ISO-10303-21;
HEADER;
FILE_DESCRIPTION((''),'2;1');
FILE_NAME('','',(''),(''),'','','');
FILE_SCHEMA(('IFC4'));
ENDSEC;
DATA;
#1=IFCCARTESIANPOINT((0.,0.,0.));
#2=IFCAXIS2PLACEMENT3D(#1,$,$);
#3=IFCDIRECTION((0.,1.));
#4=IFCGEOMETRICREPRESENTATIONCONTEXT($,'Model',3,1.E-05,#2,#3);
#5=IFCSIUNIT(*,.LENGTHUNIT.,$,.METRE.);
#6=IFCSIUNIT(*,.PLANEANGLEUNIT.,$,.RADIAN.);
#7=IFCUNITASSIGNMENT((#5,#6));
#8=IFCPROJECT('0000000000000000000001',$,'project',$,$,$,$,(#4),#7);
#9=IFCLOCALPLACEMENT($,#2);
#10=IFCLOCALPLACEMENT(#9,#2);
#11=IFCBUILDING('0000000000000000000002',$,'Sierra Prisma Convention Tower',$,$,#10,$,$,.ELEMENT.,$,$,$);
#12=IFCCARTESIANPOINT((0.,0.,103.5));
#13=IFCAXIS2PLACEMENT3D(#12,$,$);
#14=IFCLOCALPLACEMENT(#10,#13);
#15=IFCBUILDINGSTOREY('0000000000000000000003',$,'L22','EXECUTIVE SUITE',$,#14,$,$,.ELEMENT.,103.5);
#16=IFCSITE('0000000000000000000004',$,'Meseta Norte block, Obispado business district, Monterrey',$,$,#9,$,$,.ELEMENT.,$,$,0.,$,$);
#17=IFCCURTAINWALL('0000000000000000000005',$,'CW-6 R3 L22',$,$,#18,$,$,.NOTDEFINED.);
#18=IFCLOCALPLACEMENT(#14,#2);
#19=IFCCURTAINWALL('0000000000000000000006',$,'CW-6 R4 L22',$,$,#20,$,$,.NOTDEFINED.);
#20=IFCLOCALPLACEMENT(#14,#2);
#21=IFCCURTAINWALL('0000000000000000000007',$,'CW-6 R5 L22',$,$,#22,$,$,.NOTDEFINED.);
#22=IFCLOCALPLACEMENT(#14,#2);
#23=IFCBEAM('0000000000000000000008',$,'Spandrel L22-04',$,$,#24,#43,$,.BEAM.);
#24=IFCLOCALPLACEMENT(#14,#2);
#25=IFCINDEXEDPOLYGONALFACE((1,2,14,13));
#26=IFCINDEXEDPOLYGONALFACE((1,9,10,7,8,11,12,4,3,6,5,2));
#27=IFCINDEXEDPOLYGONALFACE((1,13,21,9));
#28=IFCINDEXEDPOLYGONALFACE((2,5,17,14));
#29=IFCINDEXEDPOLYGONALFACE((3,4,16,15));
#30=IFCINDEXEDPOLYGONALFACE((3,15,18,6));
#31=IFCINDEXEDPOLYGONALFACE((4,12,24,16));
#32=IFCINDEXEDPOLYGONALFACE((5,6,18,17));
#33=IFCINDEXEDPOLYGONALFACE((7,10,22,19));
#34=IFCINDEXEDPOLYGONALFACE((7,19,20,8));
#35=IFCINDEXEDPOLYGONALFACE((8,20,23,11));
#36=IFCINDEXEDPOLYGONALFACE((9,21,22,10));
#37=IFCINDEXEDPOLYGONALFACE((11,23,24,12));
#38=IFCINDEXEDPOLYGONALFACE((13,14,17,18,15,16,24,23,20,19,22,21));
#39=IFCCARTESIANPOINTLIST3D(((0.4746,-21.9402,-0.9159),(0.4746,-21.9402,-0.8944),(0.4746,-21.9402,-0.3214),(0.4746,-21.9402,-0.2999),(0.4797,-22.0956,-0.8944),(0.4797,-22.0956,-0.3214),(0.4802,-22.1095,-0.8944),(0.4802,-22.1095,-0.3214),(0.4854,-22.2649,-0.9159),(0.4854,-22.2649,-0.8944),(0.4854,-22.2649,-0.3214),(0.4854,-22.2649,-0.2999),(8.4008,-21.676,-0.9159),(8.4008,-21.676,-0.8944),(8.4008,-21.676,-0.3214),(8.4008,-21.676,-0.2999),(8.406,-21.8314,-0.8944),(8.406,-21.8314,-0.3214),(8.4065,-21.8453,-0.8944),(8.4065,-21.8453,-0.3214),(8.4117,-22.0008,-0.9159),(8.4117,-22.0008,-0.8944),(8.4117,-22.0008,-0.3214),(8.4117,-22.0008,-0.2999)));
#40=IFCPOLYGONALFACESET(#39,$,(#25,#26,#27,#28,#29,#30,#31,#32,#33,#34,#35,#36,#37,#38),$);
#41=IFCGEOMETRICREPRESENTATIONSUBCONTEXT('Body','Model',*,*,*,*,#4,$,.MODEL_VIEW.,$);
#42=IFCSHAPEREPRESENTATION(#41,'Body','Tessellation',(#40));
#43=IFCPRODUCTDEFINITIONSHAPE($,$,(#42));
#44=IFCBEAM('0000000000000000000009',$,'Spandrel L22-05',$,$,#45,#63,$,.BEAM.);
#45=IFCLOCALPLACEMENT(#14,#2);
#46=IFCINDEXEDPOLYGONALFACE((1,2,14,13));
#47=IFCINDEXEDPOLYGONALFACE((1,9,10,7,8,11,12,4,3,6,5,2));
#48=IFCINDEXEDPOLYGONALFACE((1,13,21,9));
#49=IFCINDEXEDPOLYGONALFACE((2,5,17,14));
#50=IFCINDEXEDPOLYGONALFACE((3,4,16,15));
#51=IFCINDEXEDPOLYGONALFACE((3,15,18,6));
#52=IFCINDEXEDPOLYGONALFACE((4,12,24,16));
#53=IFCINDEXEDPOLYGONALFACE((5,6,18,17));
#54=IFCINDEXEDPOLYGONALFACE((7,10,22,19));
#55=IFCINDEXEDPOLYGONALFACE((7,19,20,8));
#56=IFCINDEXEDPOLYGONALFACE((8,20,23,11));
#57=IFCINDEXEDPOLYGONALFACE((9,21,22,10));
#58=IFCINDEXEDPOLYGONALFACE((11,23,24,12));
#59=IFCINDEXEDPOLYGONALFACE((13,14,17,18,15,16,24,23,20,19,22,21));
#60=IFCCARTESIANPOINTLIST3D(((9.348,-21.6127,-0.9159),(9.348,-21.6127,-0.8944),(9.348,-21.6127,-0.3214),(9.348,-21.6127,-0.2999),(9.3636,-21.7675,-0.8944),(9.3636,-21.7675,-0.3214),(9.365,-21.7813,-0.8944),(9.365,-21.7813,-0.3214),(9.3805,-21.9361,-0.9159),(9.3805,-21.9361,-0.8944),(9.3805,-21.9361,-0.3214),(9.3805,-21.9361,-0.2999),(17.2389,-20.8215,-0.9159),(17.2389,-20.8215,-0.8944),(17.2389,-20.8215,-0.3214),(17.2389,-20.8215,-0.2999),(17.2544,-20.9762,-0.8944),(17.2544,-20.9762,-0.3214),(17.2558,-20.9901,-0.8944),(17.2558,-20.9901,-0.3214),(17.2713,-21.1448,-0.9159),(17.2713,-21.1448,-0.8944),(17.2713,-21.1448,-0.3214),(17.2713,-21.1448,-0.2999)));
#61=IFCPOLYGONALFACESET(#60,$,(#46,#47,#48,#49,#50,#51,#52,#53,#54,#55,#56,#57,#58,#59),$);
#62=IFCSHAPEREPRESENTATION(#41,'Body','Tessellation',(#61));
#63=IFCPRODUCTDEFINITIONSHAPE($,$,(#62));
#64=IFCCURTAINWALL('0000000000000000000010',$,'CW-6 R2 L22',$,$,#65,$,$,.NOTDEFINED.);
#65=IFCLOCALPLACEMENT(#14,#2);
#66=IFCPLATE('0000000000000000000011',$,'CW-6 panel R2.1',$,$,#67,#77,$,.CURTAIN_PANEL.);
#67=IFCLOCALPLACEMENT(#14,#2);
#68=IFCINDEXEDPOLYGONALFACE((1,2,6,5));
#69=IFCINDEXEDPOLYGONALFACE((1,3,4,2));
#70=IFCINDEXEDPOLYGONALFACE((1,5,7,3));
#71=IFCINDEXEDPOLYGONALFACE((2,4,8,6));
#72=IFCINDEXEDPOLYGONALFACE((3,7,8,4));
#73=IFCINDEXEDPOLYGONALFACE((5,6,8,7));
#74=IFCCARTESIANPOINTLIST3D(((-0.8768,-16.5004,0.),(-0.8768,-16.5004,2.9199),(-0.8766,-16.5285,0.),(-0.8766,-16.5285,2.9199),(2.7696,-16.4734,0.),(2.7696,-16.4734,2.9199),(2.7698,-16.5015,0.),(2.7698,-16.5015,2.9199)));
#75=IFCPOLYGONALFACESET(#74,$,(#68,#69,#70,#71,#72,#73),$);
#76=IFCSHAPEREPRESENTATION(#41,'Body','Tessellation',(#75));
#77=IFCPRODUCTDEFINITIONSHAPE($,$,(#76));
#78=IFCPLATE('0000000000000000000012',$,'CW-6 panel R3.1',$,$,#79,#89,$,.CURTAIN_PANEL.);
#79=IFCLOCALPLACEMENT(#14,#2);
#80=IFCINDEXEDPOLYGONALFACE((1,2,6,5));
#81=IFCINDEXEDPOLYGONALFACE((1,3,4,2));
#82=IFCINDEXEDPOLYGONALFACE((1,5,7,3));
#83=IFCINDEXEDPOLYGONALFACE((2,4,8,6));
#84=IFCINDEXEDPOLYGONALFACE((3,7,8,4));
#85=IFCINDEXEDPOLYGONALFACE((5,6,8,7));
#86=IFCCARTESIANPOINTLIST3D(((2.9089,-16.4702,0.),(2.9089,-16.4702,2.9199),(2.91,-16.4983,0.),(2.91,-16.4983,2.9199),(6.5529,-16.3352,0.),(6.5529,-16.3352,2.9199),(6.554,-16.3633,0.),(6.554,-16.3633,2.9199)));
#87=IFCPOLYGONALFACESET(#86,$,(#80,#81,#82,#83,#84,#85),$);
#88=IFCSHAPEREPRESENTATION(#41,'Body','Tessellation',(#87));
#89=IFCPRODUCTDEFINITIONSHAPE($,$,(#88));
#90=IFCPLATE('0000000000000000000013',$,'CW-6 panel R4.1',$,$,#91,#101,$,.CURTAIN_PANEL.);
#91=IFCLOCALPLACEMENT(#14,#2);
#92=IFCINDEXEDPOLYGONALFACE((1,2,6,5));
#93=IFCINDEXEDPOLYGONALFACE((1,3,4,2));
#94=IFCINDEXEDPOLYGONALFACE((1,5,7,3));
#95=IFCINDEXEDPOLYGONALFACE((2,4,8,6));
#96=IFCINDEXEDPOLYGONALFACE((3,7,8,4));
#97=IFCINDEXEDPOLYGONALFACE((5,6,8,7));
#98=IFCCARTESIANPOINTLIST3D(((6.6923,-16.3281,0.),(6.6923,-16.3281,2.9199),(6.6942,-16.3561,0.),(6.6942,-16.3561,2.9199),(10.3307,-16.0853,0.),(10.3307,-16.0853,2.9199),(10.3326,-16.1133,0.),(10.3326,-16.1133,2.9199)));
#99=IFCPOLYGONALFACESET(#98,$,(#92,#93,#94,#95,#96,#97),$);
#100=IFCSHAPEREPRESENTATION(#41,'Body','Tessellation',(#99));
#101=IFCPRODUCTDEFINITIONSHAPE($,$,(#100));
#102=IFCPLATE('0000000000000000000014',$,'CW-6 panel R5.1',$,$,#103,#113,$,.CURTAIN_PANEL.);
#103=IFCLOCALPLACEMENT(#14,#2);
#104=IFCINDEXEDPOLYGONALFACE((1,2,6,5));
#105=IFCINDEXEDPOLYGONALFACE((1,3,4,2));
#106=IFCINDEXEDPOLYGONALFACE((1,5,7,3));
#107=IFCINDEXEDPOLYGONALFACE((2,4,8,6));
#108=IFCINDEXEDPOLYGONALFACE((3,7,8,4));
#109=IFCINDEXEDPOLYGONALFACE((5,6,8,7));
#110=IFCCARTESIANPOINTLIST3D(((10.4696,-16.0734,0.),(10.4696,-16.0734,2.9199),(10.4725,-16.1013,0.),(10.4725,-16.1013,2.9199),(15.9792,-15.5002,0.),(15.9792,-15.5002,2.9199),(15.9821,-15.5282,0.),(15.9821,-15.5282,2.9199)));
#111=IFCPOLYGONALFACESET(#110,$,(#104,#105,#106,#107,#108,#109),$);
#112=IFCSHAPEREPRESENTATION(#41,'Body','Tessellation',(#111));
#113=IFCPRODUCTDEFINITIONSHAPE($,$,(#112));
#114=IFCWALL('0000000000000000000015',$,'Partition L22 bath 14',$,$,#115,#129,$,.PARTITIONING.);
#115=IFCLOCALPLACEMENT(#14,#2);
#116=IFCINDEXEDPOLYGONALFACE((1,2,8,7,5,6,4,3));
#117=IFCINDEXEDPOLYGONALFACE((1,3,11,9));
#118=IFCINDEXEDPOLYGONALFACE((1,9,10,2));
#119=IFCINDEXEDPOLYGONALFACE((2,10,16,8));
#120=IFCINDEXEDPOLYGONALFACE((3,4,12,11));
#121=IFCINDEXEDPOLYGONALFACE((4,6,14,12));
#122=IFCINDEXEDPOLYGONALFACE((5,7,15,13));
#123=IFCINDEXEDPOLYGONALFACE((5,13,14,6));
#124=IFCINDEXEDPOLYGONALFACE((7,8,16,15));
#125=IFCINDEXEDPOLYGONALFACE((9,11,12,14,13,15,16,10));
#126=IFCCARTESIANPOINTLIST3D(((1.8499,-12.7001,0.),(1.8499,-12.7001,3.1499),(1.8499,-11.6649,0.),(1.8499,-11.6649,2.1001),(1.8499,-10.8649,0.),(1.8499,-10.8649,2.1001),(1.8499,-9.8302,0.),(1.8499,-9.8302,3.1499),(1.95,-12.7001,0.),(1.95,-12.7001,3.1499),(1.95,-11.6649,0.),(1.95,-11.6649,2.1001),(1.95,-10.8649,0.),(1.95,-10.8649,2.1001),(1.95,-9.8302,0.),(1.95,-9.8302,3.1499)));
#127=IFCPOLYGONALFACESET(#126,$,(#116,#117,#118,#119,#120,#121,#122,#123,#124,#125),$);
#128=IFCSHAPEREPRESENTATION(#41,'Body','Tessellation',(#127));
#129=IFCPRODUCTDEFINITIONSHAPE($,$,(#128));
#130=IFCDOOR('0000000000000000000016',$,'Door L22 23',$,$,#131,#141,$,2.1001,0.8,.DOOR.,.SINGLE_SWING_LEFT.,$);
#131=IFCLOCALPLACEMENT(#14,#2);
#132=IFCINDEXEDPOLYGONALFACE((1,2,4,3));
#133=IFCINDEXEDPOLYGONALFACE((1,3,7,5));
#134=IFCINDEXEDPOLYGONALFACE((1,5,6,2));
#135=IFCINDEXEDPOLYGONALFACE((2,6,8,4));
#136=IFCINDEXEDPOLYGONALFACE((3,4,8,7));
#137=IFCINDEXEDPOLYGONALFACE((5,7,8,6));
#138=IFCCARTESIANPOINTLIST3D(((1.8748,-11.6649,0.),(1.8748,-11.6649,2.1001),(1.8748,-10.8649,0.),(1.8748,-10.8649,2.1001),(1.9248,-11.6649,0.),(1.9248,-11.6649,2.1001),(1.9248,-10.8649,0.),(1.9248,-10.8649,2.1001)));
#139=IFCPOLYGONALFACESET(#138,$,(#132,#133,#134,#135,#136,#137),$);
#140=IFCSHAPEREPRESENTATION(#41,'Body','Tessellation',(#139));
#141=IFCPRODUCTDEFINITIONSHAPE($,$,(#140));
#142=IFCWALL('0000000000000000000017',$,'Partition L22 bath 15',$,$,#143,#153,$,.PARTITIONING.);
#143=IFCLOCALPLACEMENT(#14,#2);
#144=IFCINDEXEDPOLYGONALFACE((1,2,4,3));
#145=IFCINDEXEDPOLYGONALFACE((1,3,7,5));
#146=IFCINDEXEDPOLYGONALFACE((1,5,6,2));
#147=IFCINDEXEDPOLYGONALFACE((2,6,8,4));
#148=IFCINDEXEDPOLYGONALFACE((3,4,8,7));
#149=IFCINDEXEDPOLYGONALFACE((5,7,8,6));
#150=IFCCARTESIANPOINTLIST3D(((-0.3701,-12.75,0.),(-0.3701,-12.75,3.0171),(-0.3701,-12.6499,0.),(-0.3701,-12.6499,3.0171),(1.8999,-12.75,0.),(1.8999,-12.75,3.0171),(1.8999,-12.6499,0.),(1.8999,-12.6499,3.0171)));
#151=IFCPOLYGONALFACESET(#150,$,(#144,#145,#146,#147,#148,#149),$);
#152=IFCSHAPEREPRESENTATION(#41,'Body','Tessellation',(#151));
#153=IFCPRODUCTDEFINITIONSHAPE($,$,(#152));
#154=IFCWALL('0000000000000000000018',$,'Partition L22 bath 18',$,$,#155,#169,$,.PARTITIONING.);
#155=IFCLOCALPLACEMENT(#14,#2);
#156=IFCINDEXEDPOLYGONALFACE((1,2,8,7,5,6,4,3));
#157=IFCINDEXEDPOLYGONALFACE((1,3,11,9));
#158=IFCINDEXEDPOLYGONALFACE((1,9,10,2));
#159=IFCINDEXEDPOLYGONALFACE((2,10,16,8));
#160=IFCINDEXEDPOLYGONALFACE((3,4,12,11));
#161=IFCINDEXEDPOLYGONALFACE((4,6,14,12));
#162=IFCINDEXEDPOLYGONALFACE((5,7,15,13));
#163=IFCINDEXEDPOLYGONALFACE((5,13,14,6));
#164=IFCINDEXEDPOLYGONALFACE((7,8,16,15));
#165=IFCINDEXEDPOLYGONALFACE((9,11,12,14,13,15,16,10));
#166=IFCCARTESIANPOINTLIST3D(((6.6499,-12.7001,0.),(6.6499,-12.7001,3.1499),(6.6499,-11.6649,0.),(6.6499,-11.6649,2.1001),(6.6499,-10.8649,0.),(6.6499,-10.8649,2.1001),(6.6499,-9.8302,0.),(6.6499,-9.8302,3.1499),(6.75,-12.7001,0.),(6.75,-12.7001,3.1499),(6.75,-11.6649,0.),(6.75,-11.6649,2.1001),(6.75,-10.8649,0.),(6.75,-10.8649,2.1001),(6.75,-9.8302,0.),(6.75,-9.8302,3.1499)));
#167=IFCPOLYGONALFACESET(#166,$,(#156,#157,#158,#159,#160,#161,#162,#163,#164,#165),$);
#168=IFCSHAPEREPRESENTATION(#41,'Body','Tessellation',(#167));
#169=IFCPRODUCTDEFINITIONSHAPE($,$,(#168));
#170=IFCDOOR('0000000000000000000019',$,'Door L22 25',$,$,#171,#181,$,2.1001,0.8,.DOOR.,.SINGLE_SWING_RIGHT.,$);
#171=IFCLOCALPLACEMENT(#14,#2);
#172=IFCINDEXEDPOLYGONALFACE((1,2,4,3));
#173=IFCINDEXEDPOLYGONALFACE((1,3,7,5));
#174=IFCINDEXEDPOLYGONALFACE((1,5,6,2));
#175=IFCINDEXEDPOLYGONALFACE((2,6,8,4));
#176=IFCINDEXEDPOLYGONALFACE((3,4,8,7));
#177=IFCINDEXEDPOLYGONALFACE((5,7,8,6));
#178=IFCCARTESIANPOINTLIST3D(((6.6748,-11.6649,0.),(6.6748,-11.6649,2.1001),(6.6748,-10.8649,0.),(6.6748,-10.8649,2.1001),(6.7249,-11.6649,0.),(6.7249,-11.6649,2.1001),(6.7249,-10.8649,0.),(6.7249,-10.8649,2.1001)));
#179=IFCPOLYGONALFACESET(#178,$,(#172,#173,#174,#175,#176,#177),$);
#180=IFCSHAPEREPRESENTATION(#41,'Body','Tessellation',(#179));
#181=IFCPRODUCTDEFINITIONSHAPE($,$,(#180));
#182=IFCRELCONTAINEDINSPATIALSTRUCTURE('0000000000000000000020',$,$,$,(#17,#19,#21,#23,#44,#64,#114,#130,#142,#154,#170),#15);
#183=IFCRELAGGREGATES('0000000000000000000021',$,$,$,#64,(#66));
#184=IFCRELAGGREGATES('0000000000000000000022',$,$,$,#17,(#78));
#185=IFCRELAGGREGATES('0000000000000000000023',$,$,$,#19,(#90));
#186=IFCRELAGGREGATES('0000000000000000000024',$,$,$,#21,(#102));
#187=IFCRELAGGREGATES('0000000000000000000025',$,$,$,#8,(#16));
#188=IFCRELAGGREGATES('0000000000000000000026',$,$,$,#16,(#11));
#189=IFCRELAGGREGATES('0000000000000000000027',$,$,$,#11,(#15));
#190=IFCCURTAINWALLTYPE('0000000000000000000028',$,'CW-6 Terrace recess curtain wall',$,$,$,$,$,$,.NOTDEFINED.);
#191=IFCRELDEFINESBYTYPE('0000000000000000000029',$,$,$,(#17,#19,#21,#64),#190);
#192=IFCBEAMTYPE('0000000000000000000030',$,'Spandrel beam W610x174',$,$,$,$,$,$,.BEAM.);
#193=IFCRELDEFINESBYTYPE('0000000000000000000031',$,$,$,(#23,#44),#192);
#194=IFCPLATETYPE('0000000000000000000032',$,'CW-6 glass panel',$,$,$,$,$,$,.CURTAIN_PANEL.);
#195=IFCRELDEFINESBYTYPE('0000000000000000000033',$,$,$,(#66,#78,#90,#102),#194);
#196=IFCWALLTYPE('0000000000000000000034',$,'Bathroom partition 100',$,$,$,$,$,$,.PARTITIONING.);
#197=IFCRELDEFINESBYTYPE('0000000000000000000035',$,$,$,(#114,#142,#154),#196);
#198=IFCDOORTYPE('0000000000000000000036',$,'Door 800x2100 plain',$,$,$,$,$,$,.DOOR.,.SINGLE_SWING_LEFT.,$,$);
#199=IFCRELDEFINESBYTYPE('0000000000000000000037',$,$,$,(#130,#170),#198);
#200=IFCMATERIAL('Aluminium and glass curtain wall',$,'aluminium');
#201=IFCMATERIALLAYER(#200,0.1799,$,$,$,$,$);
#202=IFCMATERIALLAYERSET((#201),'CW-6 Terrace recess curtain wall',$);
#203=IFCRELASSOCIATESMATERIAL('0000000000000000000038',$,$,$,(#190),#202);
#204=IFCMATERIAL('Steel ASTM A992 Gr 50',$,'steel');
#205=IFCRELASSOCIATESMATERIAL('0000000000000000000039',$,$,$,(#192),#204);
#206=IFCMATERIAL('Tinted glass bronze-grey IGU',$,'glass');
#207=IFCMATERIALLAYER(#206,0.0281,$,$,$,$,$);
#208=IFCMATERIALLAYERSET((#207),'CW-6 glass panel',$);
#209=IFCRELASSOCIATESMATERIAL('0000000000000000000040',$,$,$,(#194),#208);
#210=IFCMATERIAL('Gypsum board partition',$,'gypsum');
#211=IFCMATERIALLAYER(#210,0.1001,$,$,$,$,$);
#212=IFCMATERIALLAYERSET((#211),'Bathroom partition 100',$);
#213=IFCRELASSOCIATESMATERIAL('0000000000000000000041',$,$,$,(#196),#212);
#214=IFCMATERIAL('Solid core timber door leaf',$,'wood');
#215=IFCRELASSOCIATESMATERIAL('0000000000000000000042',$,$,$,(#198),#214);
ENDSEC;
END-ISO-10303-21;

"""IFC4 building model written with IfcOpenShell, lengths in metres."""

from ifc_helpers import new_model, si_unit, direction, frame, frame_2d, origin, origin_2d, place, context, subcontext, project, spatial, rectangle, i_section, extrude, material, layer, layer_set, material_profile, profile_set, type_object, element, fill, aggregate, save


model = new_model("IFC4")

# Units and contexts
model_context = context("Model", 3, precision=1e-05, world=origin(), true_north=direction((0.0, 1.0)))
body_context = subcontext(model_context, "Body", "Model", "MODEL_VIEW")
ifc_project = project(units=[si_unit("LENGTHUNIT", "METRE"), si_unit("PLANEANGLEUNIT", "RADIAN")], contexts=[model_context])

# Site, building, storey
site_placement = place(None, origin())
site = spatial("IfcSite", under=ifc_project, at=site_placement, Name="Meseta Norte block, Obispado business district, Monterrey", CompositionType="ELEMENT", RefElevation=0.0)
building_placement = place(site_placement, origin())
building = spatial("IfcBuilding", under=site, at=building_placement, Name="Sierra Prisma Convention Tower", CompositionType="ELEMENT")
storey_placement = place(building_placement, frame((0.0, 0.0, 103.5)))
storey = spatial("IfcBuildingStorey", under=building, at=storey_placement, Name="L22", Description="EXECUTIVE SUITE", CompositionType="ELEMENT", Elevation=103.5)

# Curtain walls
ifc_material_1 = material(Name="Aluminium and glass curtain wall", Category="aluminium")
ifc_layer_1 = layer(ifc_material_1, 0.1799)
ifc_layer_set_1 = layer_set([ifc_layer_1], Name="CW-6 Terrace recess curtain wall")
curtain_wall_type = type_object("IfcCurtainWallType", Name="CW-6 Terrace recess curtain wall", PredefinedType="NOTDEFINED", material=ifc_layer_set_1)
curtain_wall_1_placement = place(storey_placement, origin())
curtain_wall_1 = element("IfcCurtainWall", 1, at=curtain_wall_1_placement, inside=storey, type_object=curtain_wall_type, Name="CW-6 R3 L22", PredefinedType="NOTDEFINED")
curtain_wall_2_placement = place(storey_placement, origin())
curtain_wall_2 = element("IfcCurtainWall", 2, at=curtain_wall_2_placement, inside=storey, type_object=curtain_wall_type, Name="CW-6 R4 L22", PredefinedType="NOTDEFINED")
curtain_wall_3_placement = place(storey_placement, origin())
curtain_wall_3 = element("IfcCurtainWall", 3, at=curtain_wall_3_placement, inside=storey, type_object=curtain_wall_type, Name="CW-6 R5 L22", PredefinedType="NOTDEFINED")

# Beams
ifc_material_2 = material(Name="Steel ASTM A992 Gr 50", Category="steel")
ifc_material_profile_1 = material_profile(ifc_material_2, i_section(OverallWidth=0.325, OverallDepth=0.616, WebThickness=0.0139, FlangeThickness=0.0215, at=origin_2d()), Name="W610x174")
ifc_profile_set_1 = profile_set([ifc_material_profile_1], Name="Steel ASTM A992 Gr 50")
beam_type_1 = type_object("IfcBeamType", Name="Spandrel beam W610x174", PredefinedType="BEAM", material=ifc_profile_set_1)
beam_1_placement = place(storey_placement, frame((0.48, -22.1025, -0.6079), z_axis=(0.999445, 0.033309, 0.0), x_axis=(-0.033309, 0.999445, 0.0)))
element("IfcBeam", 4, at=beam_1_placement, inside=storey, type_object=beam_type_1, Name="Spandrel L22-04", PredefinedType="BEAM", context=body_context, shape_type="SweptSolid", body=[
    extrude(i_section(OverallWidth=0.325, OverallDepth=0.616, WebThickness=0.0139, FlangeThickness=0.0215, at=origin_2d()), origin(), (0.0, 0.0, 1.0), 7.9307),
])
beam_2_placement = place(storey_placement, frame((9.3643, -21.7744, -0.6079), z_axis=(0.99501, 0.099775, 0.0), x_axis=(-0.099775, 0.99501, 0.0)))
element("IfcBeam", 5, at=beam_2_placement, inside=storey, type_object=beam_type_1, Name="Spandrel L22-05", PredefinedType="BEAM", context=body_context, shape_type="SweptSolid", body=[
    extrude(i_section(OverallWidth=0.325, OverallDepth=0.616, WebThickness=0.0139, FlangeThickness=0.0215, at=origin_2d()), origin(), (0.0, 0.0, 1.0), 7.9304),
])

# Curtain wall, plate
curtain_wall_4_placement = place(storey_placement, origin())
curtain_wall_4 = element("IfcCurtainWall", 6, at=curtain_wall_4_placement, inside=storey, type_object=curtain_wall_type, Name="CW-6 R2 L22", PredefinedType="NOTDEFINED")
ifc_material_3 = material(Name="Tinted glass bronze-grey IGU", Category="glass")
ifc_layer_2 = layer(ifc_material_3, 0.0281)
ifc_layer_set_2 = layer_set([ifc_layer_2], Name="CW-6 glass panel")
plate_type = type_object("IfcPlateType", Name="CW-6 glass panel", PredefinedType="CURTAIN_PANEL", material=ifc_layer_set_2)
plate_1_placement = place(storey_placement, frame((0.9465, -16.501, 0.0), z_axis=(0.0, 0.0, 1.0), x_axis=(0.999973, 0.007404, 0.0)))
plate_1 = element("IfcPlate", 7, at=plate_1_placement, type_object=plate_type, Name="CW-6 panel R2.1", PredefinedType="CURTAIN_PANEL", context=body_context, shape_type="SweptSolid", body=[
    extrude(rectangle(XDim=3.6465, YDim=0.0281, at=origin_2d()), origin(), (0.0, 0.0, 1.0), 2.9199),
])
aggregate(curtain_wall_4, [plate_1])

# Plates
plate_2_placement = place(storey_placement, frame((4.7314, -16.4167, 0.0), z_axis=(0.0, 0.0, 1.0), x_axis=(0.999315, 0.037013, 0.0)))
plate_2 = element("IfcPlate", 8, at=plate_2_placement, type_object=plate_type, Name="CW-6 panel R3.1", PredefinedType="CURTAIN_PANEL", context=body_context, shape_type="SweptSolid", body=[
    extrude(rectangle(XDim=3.6465, YDim=0.0281, at=origin_2d()), origin(), (0.0, 0.0, 1.0), 2.9199),
])
aggregate(curtain_wall_1, [plate_2])
plate_3_placement = place(storey_placement, frame((8.5125, -16.2207, 0.0), z_axis=(0.0, 0.0, 1.0), x_axis=(0.99778, 0.06659, 0.0)))
plate_3 = element("IfcPlate", 9, at=plate_3_placement, type_object=plate_type, Name="CW-6 panel R4.1", PredefinedType="CURTAIN_PANEL", context=body_context, shape_type="SweptSolid", body=[
    extrude(rectangle(XDim=3.6465, YDim=0.0281, at=origin_2d()), origin(), (0.0, 0.0, 1.0), 2.9199),
])
aggregate(curtain_wall_2, [plate_3])
plate_4_placement = place(storey_placement, frame((13.2258, -15.8008, 0.0), z_axis=(0.0, 0.0, 1.0), x_axis=(0.994632, 0.103476, 0.0)))
plate_4 = element("IfcPlate", 10, at=plate_4_placement, type_object=plate_type, Name="CW-6 panel R5.1", PredefinedType="CURTAIN_PANEL", context=body_context, shape_type="SweptSolid", body=[
    extrude(rectangle(XDim=5.5393, YDim=0.0281, at=origin_2d()), origin(), (0.0, 0.0, 1.0), 2.9199),
])
aggregate(curtain_wall_3, [plate_4])

# Wall, opening, door
ifc_material_4 = material(Name="Gypsum board partition", Category="gypsum")
ifc_layer_3 = layer(ifc_material_4, 0.1001)
ifc_layer_set_3 = layer_set([ifc_layer_3], Name="Bathroom partition 100")
wall_type_1 = type_object("IfcWallType", Name="Bathroom partition 100", PredefinedType="PARTITIONING", material=ifc_layer_set_3)
wall_1_placement = place(storey_placement, frame((1.8999, -9.8301, 0.0), z_axis=(0.0, 0.0, 1.0), x_axis=(0.0, -1.0, 0.0)))
wall_1 = element("IfcWall", 11, at=wall_1_placement, inside=storey, type_object=wall_type_1, Name="Partition L22 bath 14", PredefinedType="PARTITIONING", context=body_context, shape_type="SweptSolid", body=[
    extrude(rectangle(XDim=2.8699, YDim=0.1001, at=frame_2d((1.4351, 0.0))), origin(), (0.0, 0.0, 1.0), 3.1499),
])
opening_1_placement = place(wall_1_placement, frame((1.0349, 0.0, 0.0)))
opening_1 = element("IfcOpeningElement", 12, at=opening_1_placement, cuts=wall_1, PredefinedType="OPENING", context=body_context, shape_type="SweptSolid", body=[
    extrude(rectangle(XDim=0.8, YDim=2.1001, at=frame_2d((0.3999, 1.05))), frame((0.0, 0.05, 0.0), z_axis=(0.0, -1.0, 0.0), x_axis=(1.0, 0.0, 0.0)), (0.0, 0.0, 1.0), 0.1001),
])
ifc_material_5 = material(Name="Solid core timber door leaf", Category="wood")
door_type_1 = type_object("IfcDoorType", Name="Door 800x2100 plain", OperationType="SINGLE_SWING_LEFT", PredefinedType="DOOR", material=ifc_material_5)
door_1_placement = place(opening_1_placement, origin())
door_1 = element("IfcDoor", 13, at=door_1_placement, inside=storey, type_object=door_type_1, Name="Door L22 23", OperationType="SINGLE_SWING_LEFT", OverallHeight=2.1001, OverallWidth=0.8, PredefinedType="DOOR", context=body_context, shape_type="SweptSolid", body=[
    extrude(rectangle(XDim=0.8, YDim=2.1001, at=frame_2d((0.3999, 1.05))), frame((0.0, 0.0249, 0.0), z_axis=(0.0, -1.0, 0.0), x_axis=(1.0, 0.0, 0.0)), (0.0, 0.0, 1.0), 0.05),
])
fill(opening_1, door_1)

# Wall
wall_2_placement = place(storey_placement, frame((1.8999, -12.7, 0.0), z_axis=(0.0, 0.0, 1.0), x_axis=(-1.0, 0.0, 0.0)))
element("IfcWall", 14, at=wall_2_placement, inside=storey, type_object=wall_type_1, Name="Partition L22 bath 15", PredefinedType="PARTITIONING", context=body_context, shape_type="SweptSolid", body=[
    extrude(rectangle(XDim=2.27, YDim=0.1001, at=frame_2d((1.135, 0.0))), origin(), (0.0, 0.0, 1.0), 3.0171),
])

# Wall, opening, door
wall_3_placement = place(storey_placement, frame((6.7, -9.8301, 0.0), z_axis=(0.0, 0.0, 1.0), x_axis=(0.0, -1.0, 0.0)))
wall_3 = element("IfcWall", 15, at=wall_3_placement, inside=storey, type_object=wall_type_1, Name="Partition L22 bath 18", PredefinedType="PARTITIONING", context=body_context, shape_type="SweptSolid", body=[
    extrude(rectangle(XDim=2.8699, YDim=0.1001, at=frame_2d((1.4351, 0.0))), origin(), (0.0, 0.0, 1.0), 3.1499),
])
opening_2_placement = place(wall_3_placement, frame((1.0349, 0.0, 0.0)))
opening_2 = element("IfcOpeningElement", 16, at=opening_2_placement, cuts=wall_3, PredefinedType="OPENING", context=body_context, shape_type="SweptSolid", body=[
    extrude(rectangle(XDim=0.8, YDim=2.1001, at=frame_2d((0.3999, 1.05))), frame((0.0, 0.05, 0.0), z_axis=(0.0, -1.0, 0.0), x_axis=(1.0, 0.0, 0.0)), (0.0, 0.0, 1.0), 0.1001),
])
door_2_placement = place(opening_2_placement, origin())
door_2 = element("IfcDoor", 17, at=door_2_placement, inside=storey, type_object=door_type_1, Name="Door L22 25", OperationType="SINGLE_SWING_RIGHT", OverallHeight=2.1001, OverallWidth=0.8, PredefinedType="DOOR", context=body_context, shape_type="SweptSolid", body=[
    extrude(rectangle(XDim=0.8, YDim=2.1001, at=frame_2d((0.3999, 1.05))), frame((0.0, 0.0249, 0.0), z_axis=(0.0, -1.0, 0.0), x_axis=(1.0, 0.0, 0.0)), (0.0, 0.0, 1.0), 0.05),
])
fill(opening_2, door_2)

save(model, "model.ifc")
